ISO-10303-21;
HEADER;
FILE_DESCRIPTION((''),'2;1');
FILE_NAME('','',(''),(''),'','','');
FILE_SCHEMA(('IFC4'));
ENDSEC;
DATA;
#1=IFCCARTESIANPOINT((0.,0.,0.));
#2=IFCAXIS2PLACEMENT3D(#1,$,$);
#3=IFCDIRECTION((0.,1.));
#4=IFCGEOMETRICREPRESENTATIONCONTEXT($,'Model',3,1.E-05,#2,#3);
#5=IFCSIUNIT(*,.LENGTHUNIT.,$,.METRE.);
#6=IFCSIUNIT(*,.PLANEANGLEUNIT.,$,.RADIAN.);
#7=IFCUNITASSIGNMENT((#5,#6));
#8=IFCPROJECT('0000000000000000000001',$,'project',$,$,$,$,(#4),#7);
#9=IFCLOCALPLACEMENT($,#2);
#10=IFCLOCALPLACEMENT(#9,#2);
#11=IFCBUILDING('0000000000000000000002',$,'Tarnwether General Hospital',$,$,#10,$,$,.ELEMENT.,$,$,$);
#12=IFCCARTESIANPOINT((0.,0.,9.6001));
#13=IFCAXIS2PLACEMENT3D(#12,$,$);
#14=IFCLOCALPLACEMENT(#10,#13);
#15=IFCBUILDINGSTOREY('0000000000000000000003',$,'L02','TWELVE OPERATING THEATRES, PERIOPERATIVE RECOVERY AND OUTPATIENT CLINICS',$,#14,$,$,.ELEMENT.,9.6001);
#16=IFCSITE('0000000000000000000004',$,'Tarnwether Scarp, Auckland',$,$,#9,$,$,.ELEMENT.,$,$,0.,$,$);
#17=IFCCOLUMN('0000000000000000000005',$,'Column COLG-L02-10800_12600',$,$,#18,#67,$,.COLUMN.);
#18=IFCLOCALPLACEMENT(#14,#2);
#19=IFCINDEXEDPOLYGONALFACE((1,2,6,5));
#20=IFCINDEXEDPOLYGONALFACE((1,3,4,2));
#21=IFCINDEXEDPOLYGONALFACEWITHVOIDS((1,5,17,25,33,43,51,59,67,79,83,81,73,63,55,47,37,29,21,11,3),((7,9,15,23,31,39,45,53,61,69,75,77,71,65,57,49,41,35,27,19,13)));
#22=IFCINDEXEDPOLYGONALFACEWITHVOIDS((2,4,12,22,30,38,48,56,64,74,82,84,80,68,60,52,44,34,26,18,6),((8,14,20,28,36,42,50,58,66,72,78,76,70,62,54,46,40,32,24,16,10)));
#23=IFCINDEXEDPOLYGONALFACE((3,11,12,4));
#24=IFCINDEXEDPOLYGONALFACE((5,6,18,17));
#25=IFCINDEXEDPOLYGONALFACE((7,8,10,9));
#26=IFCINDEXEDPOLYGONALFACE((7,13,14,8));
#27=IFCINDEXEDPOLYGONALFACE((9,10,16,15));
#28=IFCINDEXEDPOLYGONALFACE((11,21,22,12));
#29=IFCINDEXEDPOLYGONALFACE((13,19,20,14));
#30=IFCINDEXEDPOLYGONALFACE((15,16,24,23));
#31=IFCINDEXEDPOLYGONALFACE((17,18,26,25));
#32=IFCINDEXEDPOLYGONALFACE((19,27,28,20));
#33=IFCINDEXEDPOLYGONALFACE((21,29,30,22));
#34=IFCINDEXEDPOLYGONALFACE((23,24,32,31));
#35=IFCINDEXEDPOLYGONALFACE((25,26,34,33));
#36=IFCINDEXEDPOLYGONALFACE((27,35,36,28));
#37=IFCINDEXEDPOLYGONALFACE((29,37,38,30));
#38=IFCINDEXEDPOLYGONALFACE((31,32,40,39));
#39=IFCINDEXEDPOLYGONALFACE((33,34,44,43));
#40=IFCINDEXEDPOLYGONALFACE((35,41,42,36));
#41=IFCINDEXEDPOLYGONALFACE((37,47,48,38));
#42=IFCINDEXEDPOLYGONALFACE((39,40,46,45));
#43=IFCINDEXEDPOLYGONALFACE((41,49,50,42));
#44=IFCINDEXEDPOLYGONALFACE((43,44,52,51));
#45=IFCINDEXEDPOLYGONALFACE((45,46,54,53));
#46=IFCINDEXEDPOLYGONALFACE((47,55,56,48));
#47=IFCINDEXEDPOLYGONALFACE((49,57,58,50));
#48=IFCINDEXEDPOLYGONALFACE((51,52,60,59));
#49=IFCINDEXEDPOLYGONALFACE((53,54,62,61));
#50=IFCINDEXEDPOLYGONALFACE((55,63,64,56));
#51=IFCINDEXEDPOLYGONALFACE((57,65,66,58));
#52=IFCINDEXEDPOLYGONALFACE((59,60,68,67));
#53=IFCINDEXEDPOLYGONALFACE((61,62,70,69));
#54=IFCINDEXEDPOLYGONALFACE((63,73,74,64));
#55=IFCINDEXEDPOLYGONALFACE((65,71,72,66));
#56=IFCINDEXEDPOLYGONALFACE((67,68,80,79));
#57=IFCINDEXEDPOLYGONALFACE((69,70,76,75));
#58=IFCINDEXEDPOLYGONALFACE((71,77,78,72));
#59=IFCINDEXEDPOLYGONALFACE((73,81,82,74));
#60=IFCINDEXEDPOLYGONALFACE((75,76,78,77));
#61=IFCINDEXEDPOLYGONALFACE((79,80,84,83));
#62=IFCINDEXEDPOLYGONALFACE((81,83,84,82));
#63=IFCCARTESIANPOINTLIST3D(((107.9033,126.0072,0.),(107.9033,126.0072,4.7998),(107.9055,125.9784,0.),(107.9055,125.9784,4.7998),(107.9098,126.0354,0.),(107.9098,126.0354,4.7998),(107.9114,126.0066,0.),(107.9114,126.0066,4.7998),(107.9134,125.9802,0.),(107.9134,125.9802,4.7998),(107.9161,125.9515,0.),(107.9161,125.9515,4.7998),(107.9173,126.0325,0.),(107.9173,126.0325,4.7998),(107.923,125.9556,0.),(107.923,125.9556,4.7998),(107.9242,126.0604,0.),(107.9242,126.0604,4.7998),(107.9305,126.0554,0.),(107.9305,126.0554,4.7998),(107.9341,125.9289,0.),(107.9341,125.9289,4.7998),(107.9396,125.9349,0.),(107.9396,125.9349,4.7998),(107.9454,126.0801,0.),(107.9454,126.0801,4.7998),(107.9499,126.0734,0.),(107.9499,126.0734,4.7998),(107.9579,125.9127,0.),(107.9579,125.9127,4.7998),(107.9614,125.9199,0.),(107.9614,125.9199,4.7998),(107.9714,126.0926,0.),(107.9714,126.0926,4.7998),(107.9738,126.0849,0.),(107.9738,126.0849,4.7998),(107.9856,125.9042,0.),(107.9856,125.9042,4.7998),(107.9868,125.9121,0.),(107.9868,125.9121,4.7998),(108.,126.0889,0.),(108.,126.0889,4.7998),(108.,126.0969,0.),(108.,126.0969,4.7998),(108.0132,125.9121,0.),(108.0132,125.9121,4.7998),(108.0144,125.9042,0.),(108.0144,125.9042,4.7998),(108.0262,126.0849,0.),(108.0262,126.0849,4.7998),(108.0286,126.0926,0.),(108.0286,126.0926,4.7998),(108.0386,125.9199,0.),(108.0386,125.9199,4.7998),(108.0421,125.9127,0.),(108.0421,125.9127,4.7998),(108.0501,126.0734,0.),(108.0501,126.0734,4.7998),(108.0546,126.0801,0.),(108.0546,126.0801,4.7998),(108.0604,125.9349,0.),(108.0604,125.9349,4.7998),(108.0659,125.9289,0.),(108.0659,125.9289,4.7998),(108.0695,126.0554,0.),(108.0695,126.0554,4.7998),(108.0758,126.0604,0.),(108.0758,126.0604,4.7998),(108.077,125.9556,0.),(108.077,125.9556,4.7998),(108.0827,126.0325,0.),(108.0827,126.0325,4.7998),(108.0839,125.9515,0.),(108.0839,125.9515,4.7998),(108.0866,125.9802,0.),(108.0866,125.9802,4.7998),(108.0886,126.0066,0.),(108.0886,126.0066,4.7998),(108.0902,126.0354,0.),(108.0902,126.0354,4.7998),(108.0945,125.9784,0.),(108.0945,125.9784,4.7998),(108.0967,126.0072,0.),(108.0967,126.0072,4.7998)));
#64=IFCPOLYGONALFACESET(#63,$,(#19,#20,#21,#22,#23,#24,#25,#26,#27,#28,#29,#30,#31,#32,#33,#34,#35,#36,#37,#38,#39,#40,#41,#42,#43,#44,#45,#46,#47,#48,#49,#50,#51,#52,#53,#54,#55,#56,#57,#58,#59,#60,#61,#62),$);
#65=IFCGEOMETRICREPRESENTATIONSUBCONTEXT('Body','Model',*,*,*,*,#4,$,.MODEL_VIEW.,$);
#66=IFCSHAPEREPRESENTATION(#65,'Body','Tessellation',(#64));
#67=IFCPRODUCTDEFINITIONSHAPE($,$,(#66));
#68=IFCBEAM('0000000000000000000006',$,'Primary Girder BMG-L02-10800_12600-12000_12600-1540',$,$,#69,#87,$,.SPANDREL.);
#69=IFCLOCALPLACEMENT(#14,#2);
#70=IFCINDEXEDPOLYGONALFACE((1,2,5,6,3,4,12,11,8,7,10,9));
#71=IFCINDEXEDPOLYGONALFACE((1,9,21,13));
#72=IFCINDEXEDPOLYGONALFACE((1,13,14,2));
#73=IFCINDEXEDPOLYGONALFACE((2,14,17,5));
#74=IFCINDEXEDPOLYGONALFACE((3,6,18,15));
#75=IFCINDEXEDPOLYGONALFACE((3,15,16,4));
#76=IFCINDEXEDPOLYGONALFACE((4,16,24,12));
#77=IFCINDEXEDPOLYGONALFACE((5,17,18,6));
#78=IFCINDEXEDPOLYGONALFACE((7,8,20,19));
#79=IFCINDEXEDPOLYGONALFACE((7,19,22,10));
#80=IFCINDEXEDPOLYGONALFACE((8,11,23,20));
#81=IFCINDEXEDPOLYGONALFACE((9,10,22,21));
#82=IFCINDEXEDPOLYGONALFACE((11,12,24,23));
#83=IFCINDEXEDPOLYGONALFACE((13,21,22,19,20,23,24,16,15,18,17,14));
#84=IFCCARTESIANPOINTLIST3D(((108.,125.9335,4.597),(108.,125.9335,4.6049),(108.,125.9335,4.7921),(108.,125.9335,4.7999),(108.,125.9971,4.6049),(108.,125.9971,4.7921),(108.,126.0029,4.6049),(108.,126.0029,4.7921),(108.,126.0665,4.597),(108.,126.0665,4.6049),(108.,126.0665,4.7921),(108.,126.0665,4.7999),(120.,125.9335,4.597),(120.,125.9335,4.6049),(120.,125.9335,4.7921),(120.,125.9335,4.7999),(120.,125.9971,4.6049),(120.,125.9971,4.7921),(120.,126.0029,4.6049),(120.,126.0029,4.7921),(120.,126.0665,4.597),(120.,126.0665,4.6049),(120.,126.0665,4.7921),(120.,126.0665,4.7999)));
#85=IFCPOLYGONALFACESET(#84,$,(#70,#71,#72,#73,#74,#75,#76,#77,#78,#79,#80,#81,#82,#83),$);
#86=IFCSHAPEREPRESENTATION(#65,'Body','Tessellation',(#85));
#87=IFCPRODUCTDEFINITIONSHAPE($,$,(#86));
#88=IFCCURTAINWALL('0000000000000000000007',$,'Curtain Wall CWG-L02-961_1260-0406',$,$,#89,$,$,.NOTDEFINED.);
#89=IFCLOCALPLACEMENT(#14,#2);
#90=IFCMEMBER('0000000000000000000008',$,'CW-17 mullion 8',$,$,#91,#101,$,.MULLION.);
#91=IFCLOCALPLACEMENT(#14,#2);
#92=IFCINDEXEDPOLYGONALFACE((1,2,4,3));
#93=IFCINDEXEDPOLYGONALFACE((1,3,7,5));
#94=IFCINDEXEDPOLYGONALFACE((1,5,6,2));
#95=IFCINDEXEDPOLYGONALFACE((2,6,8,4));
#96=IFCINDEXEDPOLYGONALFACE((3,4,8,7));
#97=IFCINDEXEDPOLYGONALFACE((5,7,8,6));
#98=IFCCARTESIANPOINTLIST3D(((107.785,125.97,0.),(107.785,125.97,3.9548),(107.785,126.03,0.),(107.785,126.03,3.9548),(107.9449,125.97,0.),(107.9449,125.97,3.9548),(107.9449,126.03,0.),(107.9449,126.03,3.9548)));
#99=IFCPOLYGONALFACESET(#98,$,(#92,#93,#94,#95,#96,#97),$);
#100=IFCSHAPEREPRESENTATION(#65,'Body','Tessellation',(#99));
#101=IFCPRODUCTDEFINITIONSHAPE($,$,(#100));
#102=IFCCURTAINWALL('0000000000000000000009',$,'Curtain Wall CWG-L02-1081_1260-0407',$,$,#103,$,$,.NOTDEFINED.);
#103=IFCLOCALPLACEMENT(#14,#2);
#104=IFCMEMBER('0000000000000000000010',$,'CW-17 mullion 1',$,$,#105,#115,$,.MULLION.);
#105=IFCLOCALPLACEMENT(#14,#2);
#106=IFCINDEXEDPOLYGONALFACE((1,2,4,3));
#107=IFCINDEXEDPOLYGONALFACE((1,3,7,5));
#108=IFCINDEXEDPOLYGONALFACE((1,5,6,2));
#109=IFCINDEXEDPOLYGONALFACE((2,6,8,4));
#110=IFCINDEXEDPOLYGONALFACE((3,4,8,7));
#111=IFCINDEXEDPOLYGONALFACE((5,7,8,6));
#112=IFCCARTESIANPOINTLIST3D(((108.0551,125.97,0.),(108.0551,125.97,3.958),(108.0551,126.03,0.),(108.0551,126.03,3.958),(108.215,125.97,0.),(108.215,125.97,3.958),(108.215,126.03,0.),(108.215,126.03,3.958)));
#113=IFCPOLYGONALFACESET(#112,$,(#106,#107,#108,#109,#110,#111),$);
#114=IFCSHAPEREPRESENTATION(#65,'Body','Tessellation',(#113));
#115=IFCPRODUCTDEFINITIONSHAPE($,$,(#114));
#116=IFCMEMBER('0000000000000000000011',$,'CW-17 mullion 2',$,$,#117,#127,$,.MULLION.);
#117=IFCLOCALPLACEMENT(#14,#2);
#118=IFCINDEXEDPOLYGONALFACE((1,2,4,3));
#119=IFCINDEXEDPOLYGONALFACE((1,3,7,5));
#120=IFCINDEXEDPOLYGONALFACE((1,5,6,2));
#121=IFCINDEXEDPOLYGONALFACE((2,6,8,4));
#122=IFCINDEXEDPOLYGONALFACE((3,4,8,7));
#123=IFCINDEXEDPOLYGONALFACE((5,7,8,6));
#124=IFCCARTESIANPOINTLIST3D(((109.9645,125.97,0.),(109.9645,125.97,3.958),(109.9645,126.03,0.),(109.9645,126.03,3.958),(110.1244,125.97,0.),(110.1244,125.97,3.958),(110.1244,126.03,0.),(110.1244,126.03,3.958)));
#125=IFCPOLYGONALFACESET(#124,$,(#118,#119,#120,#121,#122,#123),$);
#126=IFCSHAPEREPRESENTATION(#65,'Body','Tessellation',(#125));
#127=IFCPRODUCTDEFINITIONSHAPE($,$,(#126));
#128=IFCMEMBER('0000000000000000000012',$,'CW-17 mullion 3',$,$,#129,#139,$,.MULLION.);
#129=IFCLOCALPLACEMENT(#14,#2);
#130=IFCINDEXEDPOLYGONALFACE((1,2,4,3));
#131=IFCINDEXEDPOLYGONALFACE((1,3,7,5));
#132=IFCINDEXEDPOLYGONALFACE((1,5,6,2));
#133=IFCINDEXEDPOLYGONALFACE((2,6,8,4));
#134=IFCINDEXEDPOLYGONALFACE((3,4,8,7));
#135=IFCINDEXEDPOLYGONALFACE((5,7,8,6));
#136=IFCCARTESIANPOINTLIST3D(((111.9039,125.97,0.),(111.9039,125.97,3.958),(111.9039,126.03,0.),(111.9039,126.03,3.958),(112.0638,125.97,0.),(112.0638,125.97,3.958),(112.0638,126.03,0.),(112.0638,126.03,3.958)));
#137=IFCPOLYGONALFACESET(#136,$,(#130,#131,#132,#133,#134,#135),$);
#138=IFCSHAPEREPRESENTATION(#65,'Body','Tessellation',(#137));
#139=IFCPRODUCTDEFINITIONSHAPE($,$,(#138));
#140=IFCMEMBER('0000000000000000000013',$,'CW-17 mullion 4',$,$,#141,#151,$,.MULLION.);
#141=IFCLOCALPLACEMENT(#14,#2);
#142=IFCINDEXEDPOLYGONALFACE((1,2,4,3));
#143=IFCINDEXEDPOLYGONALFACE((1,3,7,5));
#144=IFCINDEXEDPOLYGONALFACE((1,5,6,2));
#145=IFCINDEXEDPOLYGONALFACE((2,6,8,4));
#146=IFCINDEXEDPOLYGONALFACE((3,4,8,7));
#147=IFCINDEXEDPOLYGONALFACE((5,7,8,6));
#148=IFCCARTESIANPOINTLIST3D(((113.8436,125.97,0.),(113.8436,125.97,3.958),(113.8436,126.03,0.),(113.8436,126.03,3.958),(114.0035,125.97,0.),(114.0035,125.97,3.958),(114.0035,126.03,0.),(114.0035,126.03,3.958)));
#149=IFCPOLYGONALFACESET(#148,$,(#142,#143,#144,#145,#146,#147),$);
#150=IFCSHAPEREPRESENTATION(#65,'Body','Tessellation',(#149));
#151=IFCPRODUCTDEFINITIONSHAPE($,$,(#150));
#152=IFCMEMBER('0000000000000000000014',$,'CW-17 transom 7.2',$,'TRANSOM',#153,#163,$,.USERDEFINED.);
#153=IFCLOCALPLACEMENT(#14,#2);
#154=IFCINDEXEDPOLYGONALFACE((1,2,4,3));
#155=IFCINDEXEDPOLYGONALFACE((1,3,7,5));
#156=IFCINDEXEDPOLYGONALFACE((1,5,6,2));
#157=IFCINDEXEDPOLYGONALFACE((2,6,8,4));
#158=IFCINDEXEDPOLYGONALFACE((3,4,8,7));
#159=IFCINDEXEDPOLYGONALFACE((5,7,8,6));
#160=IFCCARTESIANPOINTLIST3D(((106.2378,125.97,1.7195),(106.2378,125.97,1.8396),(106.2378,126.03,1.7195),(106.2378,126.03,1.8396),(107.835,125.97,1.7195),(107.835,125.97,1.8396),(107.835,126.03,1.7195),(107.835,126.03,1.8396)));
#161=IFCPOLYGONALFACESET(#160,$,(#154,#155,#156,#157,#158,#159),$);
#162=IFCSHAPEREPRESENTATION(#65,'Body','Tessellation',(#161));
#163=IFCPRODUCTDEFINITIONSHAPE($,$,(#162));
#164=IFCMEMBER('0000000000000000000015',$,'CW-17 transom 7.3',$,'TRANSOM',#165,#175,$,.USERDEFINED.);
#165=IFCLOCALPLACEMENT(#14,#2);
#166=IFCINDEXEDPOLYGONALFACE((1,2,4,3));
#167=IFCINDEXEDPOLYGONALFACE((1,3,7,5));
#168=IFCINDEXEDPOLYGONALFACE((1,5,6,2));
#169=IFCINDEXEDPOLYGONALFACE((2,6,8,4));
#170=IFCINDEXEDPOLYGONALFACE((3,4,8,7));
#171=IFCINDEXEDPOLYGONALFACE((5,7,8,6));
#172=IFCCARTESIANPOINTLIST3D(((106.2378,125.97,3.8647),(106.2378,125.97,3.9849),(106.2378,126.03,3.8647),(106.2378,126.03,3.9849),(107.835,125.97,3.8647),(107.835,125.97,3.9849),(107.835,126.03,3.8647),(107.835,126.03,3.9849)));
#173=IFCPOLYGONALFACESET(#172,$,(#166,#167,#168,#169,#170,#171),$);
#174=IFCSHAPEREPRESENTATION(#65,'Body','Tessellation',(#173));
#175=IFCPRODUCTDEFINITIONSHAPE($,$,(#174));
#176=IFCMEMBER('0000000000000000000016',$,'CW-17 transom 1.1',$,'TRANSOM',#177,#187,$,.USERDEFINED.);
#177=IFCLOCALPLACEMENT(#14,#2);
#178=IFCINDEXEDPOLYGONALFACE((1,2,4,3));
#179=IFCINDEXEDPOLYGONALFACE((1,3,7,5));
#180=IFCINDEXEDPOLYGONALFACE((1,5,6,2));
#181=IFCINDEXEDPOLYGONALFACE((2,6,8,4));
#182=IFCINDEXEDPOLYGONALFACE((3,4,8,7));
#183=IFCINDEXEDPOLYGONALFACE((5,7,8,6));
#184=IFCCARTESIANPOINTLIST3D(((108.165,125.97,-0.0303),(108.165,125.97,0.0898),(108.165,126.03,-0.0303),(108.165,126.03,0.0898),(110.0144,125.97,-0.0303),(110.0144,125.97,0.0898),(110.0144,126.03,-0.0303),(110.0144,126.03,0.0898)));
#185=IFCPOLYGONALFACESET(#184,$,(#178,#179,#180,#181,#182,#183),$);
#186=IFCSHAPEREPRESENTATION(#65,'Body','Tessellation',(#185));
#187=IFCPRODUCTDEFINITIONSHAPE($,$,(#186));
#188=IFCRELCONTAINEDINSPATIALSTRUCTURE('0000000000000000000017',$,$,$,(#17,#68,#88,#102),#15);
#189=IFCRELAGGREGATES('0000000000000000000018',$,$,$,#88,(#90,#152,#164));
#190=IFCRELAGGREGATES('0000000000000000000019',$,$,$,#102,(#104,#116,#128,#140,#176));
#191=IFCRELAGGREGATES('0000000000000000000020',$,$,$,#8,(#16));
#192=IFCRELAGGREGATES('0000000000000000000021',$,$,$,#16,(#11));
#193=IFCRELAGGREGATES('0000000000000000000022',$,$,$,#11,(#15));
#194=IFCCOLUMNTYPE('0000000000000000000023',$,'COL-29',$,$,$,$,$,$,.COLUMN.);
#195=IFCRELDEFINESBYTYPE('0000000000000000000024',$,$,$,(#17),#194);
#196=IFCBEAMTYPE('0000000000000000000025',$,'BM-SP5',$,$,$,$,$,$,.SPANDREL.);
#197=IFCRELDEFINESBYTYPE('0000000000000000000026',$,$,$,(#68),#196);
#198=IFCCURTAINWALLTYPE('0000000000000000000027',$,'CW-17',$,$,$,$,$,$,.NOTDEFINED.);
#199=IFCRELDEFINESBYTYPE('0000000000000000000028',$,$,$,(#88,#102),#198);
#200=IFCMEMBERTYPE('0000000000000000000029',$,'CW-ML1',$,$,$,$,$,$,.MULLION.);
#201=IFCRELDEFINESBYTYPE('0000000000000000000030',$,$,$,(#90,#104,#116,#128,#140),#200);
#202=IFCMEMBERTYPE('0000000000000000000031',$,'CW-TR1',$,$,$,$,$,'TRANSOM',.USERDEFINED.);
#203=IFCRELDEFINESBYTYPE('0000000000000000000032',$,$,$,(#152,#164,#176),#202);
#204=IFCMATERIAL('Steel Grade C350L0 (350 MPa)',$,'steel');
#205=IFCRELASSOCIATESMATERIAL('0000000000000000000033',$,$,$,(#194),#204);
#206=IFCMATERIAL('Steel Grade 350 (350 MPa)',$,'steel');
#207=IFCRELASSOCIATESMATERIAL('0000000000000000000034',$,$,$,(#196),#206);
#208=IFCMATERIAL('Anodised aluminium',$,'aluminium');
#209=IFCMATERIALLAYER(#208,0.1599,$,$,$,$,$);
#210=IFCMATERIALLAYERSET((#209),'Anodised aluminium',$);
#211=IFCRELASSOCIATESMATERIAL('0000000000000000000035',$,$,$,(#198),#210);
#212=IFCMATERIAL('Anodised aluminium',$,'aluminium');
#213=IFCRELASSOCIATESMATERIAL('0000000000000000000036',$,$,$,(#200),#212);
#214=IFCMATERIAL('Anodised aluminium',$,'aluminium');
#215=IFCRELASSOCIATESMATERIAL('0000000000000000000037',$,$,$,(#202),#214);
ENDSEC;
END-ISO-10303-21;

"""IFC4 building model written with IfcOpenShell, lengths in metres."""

from ifc_helpers import new_model, si_unit, direction, frame, origin, origin_2d, place, context, subcontext, project, spatial, rectangle, hollow_circle, i_section, extrude, material, layer, layer_set, material_profile, profile_set, type_object, element, aggregate, save


model = new_model("IFC4")

# Units and contexts
model_context = context("Model", 3, precision=1e-05, world=origin(), true_north=direction((0.0, 1.0)))
body_context = subcontext(model_context, "Body", "Model", "MODEL_VIEW")
ifc_project = project(units=[si_unit("LENGTHUNIT", "METRE"), si_unit("PLANEANGLEUNIT", "RADIAN")], contexts=[model_context])

# Site, building, storey
site_placement = place(None, origin())
site = spatial("IfcSite", under=ifc_project, at=site_placement, Name="Tarnwether Scarp, Auckland", CompositionType="ELEMENT", RefElevation=0.0)
building_placement = place(site_placement, origin())
building = spatial("IfcBuilding", under=site, at=building_placement, Name="Tarnwether General Hospital", CompositionType="ELEMENT")
storey_placement = place(building_placement, frame((0.0, 0.0, 9.6001)))
storey = spatial("IfcBuildingStorey", under=building, at=storey_placement, Name="L02", Description="TWELVE OPERATING THEATRES, PERIOPERATIVE RECOVERY AND OUTPATIENT CLINICS", CompositionType="ELEMENT", Elevation=9.6001)

# Column
ifc_material_1 = material(Name="Steel Grade C350L0 (350 MPa)", Category="steel")
ifc_material_profile_1 = material_profile(ifc_material_1, hollow_circle(Radius=0.0969, WallThickness=0.0081, at=origin_2d()), Name="CHS193.7x8.0")
ifc_profile_set_1 = profile_set([ifc_material_profile_1], Name="Steel Grade C350L0 (350 MPa)")
column_type = type_object("IfcColumnType", Name="COL-29", PredefinedType="COLUMN", material=ifc_profile_set_1)
column_placement = place(storey_placement, frame((108.0, 126.0, 0.0), z_axis=(0.0, 0.0, 1.0), x_axis=(0.0, 1.0, 0.0)))
element("IfcColumn", 1, at=column_placement, inside=storey, type_object=column_type, Name="Column COLG-L02-10800_12600", PredefinedType="COLUMN", context=body_context, shape_type="SweptSolid", body=[
    extrude(hollow_circle(Radius=0.0969, WallThickness=0.0081, at=origin_2d()), origin(), (0.0, 0.0, 1.0), 4.7998),
])

# Beam
ifc_material_2 = material(Name="Steel Grade 350 (350 MPa)", Category="steel")
ifc_material_profile_2 = material_profile(ifc_material_2, i_section(OverallWidth=0.1331, OverallDepth=0.2029, WebThickness=0.0059, FlangeThickness=0.0078, at=origin_2d()), Name="200UB25.4")
ifc_profile_set_2 = profile_set([ifc_material_profile_2], Name="Steel Grade 350 (350 MPa)")
beam_type = type_object("IfcBeamType", Name="BM-SP5", PredefinedType="SPANDREL", material=ifc_profile_set_2)
beam_placement = place(storey_placement, frame((108.0, 126.0, 4.6985), z_axis=(1.0, 0.0, 0.0), x_axis=(0.0, 1.0, 0.0)))
element("IfcBeam", 2, at=beam_placement, inside=storey, type_object=beam_type, Name="Primary Girder BMG-L02-10800_12600-12000_12600-1540", PredefinedType="SPANDREL", context=body_context, shape_type="SweptSolid", body=[
    extrude(i_section(OverallWidth=0.1331, OverallDepth=0.2029, WebThickness=0.0059, FlangeThickness=0.0078, at=origin_2d()), origin(), (0.0, 0.0, 1.0), 12.0),
])

# Curtain wall, member
ifc_material_3 = material(Name="Anodised aluminium", Category="aluminium")
ifc_layer_1 = layer(ifc_material_3, 0.1599)
ifc_layer_set_1 = layer_set([ifc_layer_1], Name="Anodised aluminium")
curtain_wall_type = type_object("IfcCurtainWallType", Name="CW-17", PredefinedType="NOTDEFINED", material=ifc_layer_set_1)
curtain_wall_1_placement = place(storey_placement, origin())
curtain_wall_1 = element("IfcCurtainWall", 3, at=curtain_wall_1_placement, inside=storey, type_object=curtain_wall_type, Name="Curtain Wall CWG-L02-961_1260-0406", PredefinedType="NOTDEFINED")
ifc_material_4 = material(Name="Anodised aluminium", Category="aluminium")
ifc_material_profile_3 = material_profile(ifc_material_4, rectangle(XDim=0.0601, YDim=0.1599, at=origin_2d()), Name="ALU-MUL-60x160")
ifc_profile_set_3 = profile_set([ifc_material_profile_3], Name="Anodised aluminium")
member_type_1 = type_object("IfcMemberType", Name="CW-ML1", PredefinedType="MULLION", material=ifc_profile_set_3)
member_1_placement = place(storey_placement, frame((107.865, 126.0, 0.0), z_axis=(0.0, 0.0, 1.0), x_axis=(0.0, 1.0, 0.0)))
member_1 = element("IfcMember", 4, at=member_1_placement, type_object=member_type_1, Name="CW-17 mullion 8", PredefinedType="MULLION", context=body_context, shape_type="SweptSolid", body=[
    extrude(rectangle(XDim=0.0601, YDim=0.1599, at=origin_2d()), origin(), (0.0, 0.0, 1.0), 3.9548),
])

# Curtain wall, members
curtain_wall_2_placement = place(storey_placement, origin())
curtain_wall_2 = element("IfcCurtainWall", 5, at=curtain_wall_2_placement, inside=storey, type_object=curtain_wall_type, Name="Curtain Wall CWG-L02-1081_1260-0407", PredefinedType="NOTDEFINED")
member_2_placement = place(storey_placement, frame((108.135, 126.0, 0.0), z_axis=(0.0, 0.0, 1.0), x_axis=(0.0, 1.0, 0.0)))
member_2 = element("IfcMember", 6, at=member_2_placement, type_object=member_type_1, Name="CW-17 mullion 1", PredefinedType="MULLION", context=body_context, shape_type="SweptSolid", body=[
    extrude(rectangle(XDim=0.0601, YDim=0.1599, at=origin_2d()), origin(), (0.0, 0.0, 1.0), 3.958),
])
member_3_placement = place(storey_placement, frame((110.0444, 126.0, 0.0), z_axis=(0.0, 0.0, 1.0), x_axis=(0.0, 1.0, 0.0)))
member_3 = element("IfcMember", 7, at=member_3_placement, type_object=member_type_1, Name="CW-17 mullion 2", PredefinedType="MULLION", context=body_context, shape_type="SweptSolid", body=[
    extrude(rectangle(XDim=0.0601, YDim=0.1599, at=origin_2d()), origin(), (0.0, 0.0, 1.0), 3.958),
])
member_4_placement = place(storey_placement, frame((111.9839, 126.0, 0.0), z_axis=(0.0, 0.0, 1.0), x_axis=(0.0, 1.0, 0.0)))
member_4 = element("IfcMember", 8, at=member_4_placement, type_object=member_type_1, Name="CW-17 mullion 3", PredefinedType="MULLION", context=body_context, shape_type="SweptSolid", body=[
    extrude(rectangle(XDim=0.0601, YDim=0.1599, at=origin_2d()), origin(), (0.0, 0.0, 1.0), 3.958),
])
member_5_placement = place(storey_placement, frame((113.9236, 126.0, 0.0), z_axis=(0.0, 0.0, 1.0), x_axis=(0.0, 1.0, 0.0)))
member_5 = element("IfcMember", 9, at=member_5_placement, type_object=member_type_1, Name="CW-17 mullion 4", PredefinedType="MULLION", context=body_context, shape_type="SweptSolid", body=[
    extrude(rectangle(XDim=0.0601, YDim=0.1599, at=origin_2d()), origin(), (0.0, 0.0, 1.0), 3.958),
])

# Members
ifc_material_5 = material(Name="Anodised aluminium", Category="aluminium")
ifc_material_profile_4 = material_profile(ifc_material_5, rectangle(XDim=0.0601, YDim=0.1201, at=origin_2d()), Name="ALU-TRN-60x120")
ifc_profile_set_4 = profile_set([ifc_material_profile_4], Name="Anodised aluminium")
member_type_2 = type_object("IfcMemberType", Name="CW-TR1", ElementType="TRANSOM", PredefinedType="USERDEFINED", material=ifc_profile_set_4)
member_6_placement = place(storey_placement, frame((106.2378, 126.0, 1.7795), z_axis=(1.0, 0.0, 0.0), x_axis=(0.0, 1.0, 0.0)))
member_6 = element("IfcMember", 10, at=member_6_placement, type_object=member_type_2, Name="CW-17 transom 7.2", ObjectType="TRANSOM", PredefinedType="USERDEFINED", context=body_context, shape_type="SweptSolid", body=[
    extrude(rectangle(XDim=0.0601, YDim=0.1201, at=origin_2d()), origin(), (0.0, 0.0, 1.0), 1.5972),
])
member_7_placement = place(storey_placement, frame((106.2378, 126.0, 3.9248), z_axis=(1.0, 0.0, 0.0), x_axis=(0.0, 1.0, 0.0)))
member_7 = element("IfcMember", 11, at=member_7_placement, type_object=member_type_2, Name="CW-17 transom 7.3", ObjectType="TRANSOM", PredefinedType="USERDEFINED", context=body_context, shape_type="SweptSolid", body=[
    extrude(rectangle(XDim=0.0601, YDim=0.1201, at=origin_2d()), origin(), (0.0, 0.0, 1.0), 1.5972),
])
member_8_placement = place(storey_placement, frame((108.165, 126.0, 0.0298), z_axis=(1.0, 0.0, 0.0), x_axis=(0.0, 1.0, 0.0)))
member_8 = element("IfcMember", 12, at=member_8_placement, type_object=member_type_2, Name="CW-17 transom 1.1", ObjectType="TRANSOM", PredefinedType="USERDEFINED", context=body_context, shape_type="SweptSolid", body=[
    extrude(rectangle(XDim=0.0601, YDim=0.1201, at=origin_2d()), origin(), (0.0, 0.0, 1.0), 1.8494),
])

aggregate(curtain_wall_1, [member_1, member_6, member_7])
aggregate(curtain_wall_2, [member_2, member_3, member_4, member_5, member_8])

save(model, "model.ifc")
